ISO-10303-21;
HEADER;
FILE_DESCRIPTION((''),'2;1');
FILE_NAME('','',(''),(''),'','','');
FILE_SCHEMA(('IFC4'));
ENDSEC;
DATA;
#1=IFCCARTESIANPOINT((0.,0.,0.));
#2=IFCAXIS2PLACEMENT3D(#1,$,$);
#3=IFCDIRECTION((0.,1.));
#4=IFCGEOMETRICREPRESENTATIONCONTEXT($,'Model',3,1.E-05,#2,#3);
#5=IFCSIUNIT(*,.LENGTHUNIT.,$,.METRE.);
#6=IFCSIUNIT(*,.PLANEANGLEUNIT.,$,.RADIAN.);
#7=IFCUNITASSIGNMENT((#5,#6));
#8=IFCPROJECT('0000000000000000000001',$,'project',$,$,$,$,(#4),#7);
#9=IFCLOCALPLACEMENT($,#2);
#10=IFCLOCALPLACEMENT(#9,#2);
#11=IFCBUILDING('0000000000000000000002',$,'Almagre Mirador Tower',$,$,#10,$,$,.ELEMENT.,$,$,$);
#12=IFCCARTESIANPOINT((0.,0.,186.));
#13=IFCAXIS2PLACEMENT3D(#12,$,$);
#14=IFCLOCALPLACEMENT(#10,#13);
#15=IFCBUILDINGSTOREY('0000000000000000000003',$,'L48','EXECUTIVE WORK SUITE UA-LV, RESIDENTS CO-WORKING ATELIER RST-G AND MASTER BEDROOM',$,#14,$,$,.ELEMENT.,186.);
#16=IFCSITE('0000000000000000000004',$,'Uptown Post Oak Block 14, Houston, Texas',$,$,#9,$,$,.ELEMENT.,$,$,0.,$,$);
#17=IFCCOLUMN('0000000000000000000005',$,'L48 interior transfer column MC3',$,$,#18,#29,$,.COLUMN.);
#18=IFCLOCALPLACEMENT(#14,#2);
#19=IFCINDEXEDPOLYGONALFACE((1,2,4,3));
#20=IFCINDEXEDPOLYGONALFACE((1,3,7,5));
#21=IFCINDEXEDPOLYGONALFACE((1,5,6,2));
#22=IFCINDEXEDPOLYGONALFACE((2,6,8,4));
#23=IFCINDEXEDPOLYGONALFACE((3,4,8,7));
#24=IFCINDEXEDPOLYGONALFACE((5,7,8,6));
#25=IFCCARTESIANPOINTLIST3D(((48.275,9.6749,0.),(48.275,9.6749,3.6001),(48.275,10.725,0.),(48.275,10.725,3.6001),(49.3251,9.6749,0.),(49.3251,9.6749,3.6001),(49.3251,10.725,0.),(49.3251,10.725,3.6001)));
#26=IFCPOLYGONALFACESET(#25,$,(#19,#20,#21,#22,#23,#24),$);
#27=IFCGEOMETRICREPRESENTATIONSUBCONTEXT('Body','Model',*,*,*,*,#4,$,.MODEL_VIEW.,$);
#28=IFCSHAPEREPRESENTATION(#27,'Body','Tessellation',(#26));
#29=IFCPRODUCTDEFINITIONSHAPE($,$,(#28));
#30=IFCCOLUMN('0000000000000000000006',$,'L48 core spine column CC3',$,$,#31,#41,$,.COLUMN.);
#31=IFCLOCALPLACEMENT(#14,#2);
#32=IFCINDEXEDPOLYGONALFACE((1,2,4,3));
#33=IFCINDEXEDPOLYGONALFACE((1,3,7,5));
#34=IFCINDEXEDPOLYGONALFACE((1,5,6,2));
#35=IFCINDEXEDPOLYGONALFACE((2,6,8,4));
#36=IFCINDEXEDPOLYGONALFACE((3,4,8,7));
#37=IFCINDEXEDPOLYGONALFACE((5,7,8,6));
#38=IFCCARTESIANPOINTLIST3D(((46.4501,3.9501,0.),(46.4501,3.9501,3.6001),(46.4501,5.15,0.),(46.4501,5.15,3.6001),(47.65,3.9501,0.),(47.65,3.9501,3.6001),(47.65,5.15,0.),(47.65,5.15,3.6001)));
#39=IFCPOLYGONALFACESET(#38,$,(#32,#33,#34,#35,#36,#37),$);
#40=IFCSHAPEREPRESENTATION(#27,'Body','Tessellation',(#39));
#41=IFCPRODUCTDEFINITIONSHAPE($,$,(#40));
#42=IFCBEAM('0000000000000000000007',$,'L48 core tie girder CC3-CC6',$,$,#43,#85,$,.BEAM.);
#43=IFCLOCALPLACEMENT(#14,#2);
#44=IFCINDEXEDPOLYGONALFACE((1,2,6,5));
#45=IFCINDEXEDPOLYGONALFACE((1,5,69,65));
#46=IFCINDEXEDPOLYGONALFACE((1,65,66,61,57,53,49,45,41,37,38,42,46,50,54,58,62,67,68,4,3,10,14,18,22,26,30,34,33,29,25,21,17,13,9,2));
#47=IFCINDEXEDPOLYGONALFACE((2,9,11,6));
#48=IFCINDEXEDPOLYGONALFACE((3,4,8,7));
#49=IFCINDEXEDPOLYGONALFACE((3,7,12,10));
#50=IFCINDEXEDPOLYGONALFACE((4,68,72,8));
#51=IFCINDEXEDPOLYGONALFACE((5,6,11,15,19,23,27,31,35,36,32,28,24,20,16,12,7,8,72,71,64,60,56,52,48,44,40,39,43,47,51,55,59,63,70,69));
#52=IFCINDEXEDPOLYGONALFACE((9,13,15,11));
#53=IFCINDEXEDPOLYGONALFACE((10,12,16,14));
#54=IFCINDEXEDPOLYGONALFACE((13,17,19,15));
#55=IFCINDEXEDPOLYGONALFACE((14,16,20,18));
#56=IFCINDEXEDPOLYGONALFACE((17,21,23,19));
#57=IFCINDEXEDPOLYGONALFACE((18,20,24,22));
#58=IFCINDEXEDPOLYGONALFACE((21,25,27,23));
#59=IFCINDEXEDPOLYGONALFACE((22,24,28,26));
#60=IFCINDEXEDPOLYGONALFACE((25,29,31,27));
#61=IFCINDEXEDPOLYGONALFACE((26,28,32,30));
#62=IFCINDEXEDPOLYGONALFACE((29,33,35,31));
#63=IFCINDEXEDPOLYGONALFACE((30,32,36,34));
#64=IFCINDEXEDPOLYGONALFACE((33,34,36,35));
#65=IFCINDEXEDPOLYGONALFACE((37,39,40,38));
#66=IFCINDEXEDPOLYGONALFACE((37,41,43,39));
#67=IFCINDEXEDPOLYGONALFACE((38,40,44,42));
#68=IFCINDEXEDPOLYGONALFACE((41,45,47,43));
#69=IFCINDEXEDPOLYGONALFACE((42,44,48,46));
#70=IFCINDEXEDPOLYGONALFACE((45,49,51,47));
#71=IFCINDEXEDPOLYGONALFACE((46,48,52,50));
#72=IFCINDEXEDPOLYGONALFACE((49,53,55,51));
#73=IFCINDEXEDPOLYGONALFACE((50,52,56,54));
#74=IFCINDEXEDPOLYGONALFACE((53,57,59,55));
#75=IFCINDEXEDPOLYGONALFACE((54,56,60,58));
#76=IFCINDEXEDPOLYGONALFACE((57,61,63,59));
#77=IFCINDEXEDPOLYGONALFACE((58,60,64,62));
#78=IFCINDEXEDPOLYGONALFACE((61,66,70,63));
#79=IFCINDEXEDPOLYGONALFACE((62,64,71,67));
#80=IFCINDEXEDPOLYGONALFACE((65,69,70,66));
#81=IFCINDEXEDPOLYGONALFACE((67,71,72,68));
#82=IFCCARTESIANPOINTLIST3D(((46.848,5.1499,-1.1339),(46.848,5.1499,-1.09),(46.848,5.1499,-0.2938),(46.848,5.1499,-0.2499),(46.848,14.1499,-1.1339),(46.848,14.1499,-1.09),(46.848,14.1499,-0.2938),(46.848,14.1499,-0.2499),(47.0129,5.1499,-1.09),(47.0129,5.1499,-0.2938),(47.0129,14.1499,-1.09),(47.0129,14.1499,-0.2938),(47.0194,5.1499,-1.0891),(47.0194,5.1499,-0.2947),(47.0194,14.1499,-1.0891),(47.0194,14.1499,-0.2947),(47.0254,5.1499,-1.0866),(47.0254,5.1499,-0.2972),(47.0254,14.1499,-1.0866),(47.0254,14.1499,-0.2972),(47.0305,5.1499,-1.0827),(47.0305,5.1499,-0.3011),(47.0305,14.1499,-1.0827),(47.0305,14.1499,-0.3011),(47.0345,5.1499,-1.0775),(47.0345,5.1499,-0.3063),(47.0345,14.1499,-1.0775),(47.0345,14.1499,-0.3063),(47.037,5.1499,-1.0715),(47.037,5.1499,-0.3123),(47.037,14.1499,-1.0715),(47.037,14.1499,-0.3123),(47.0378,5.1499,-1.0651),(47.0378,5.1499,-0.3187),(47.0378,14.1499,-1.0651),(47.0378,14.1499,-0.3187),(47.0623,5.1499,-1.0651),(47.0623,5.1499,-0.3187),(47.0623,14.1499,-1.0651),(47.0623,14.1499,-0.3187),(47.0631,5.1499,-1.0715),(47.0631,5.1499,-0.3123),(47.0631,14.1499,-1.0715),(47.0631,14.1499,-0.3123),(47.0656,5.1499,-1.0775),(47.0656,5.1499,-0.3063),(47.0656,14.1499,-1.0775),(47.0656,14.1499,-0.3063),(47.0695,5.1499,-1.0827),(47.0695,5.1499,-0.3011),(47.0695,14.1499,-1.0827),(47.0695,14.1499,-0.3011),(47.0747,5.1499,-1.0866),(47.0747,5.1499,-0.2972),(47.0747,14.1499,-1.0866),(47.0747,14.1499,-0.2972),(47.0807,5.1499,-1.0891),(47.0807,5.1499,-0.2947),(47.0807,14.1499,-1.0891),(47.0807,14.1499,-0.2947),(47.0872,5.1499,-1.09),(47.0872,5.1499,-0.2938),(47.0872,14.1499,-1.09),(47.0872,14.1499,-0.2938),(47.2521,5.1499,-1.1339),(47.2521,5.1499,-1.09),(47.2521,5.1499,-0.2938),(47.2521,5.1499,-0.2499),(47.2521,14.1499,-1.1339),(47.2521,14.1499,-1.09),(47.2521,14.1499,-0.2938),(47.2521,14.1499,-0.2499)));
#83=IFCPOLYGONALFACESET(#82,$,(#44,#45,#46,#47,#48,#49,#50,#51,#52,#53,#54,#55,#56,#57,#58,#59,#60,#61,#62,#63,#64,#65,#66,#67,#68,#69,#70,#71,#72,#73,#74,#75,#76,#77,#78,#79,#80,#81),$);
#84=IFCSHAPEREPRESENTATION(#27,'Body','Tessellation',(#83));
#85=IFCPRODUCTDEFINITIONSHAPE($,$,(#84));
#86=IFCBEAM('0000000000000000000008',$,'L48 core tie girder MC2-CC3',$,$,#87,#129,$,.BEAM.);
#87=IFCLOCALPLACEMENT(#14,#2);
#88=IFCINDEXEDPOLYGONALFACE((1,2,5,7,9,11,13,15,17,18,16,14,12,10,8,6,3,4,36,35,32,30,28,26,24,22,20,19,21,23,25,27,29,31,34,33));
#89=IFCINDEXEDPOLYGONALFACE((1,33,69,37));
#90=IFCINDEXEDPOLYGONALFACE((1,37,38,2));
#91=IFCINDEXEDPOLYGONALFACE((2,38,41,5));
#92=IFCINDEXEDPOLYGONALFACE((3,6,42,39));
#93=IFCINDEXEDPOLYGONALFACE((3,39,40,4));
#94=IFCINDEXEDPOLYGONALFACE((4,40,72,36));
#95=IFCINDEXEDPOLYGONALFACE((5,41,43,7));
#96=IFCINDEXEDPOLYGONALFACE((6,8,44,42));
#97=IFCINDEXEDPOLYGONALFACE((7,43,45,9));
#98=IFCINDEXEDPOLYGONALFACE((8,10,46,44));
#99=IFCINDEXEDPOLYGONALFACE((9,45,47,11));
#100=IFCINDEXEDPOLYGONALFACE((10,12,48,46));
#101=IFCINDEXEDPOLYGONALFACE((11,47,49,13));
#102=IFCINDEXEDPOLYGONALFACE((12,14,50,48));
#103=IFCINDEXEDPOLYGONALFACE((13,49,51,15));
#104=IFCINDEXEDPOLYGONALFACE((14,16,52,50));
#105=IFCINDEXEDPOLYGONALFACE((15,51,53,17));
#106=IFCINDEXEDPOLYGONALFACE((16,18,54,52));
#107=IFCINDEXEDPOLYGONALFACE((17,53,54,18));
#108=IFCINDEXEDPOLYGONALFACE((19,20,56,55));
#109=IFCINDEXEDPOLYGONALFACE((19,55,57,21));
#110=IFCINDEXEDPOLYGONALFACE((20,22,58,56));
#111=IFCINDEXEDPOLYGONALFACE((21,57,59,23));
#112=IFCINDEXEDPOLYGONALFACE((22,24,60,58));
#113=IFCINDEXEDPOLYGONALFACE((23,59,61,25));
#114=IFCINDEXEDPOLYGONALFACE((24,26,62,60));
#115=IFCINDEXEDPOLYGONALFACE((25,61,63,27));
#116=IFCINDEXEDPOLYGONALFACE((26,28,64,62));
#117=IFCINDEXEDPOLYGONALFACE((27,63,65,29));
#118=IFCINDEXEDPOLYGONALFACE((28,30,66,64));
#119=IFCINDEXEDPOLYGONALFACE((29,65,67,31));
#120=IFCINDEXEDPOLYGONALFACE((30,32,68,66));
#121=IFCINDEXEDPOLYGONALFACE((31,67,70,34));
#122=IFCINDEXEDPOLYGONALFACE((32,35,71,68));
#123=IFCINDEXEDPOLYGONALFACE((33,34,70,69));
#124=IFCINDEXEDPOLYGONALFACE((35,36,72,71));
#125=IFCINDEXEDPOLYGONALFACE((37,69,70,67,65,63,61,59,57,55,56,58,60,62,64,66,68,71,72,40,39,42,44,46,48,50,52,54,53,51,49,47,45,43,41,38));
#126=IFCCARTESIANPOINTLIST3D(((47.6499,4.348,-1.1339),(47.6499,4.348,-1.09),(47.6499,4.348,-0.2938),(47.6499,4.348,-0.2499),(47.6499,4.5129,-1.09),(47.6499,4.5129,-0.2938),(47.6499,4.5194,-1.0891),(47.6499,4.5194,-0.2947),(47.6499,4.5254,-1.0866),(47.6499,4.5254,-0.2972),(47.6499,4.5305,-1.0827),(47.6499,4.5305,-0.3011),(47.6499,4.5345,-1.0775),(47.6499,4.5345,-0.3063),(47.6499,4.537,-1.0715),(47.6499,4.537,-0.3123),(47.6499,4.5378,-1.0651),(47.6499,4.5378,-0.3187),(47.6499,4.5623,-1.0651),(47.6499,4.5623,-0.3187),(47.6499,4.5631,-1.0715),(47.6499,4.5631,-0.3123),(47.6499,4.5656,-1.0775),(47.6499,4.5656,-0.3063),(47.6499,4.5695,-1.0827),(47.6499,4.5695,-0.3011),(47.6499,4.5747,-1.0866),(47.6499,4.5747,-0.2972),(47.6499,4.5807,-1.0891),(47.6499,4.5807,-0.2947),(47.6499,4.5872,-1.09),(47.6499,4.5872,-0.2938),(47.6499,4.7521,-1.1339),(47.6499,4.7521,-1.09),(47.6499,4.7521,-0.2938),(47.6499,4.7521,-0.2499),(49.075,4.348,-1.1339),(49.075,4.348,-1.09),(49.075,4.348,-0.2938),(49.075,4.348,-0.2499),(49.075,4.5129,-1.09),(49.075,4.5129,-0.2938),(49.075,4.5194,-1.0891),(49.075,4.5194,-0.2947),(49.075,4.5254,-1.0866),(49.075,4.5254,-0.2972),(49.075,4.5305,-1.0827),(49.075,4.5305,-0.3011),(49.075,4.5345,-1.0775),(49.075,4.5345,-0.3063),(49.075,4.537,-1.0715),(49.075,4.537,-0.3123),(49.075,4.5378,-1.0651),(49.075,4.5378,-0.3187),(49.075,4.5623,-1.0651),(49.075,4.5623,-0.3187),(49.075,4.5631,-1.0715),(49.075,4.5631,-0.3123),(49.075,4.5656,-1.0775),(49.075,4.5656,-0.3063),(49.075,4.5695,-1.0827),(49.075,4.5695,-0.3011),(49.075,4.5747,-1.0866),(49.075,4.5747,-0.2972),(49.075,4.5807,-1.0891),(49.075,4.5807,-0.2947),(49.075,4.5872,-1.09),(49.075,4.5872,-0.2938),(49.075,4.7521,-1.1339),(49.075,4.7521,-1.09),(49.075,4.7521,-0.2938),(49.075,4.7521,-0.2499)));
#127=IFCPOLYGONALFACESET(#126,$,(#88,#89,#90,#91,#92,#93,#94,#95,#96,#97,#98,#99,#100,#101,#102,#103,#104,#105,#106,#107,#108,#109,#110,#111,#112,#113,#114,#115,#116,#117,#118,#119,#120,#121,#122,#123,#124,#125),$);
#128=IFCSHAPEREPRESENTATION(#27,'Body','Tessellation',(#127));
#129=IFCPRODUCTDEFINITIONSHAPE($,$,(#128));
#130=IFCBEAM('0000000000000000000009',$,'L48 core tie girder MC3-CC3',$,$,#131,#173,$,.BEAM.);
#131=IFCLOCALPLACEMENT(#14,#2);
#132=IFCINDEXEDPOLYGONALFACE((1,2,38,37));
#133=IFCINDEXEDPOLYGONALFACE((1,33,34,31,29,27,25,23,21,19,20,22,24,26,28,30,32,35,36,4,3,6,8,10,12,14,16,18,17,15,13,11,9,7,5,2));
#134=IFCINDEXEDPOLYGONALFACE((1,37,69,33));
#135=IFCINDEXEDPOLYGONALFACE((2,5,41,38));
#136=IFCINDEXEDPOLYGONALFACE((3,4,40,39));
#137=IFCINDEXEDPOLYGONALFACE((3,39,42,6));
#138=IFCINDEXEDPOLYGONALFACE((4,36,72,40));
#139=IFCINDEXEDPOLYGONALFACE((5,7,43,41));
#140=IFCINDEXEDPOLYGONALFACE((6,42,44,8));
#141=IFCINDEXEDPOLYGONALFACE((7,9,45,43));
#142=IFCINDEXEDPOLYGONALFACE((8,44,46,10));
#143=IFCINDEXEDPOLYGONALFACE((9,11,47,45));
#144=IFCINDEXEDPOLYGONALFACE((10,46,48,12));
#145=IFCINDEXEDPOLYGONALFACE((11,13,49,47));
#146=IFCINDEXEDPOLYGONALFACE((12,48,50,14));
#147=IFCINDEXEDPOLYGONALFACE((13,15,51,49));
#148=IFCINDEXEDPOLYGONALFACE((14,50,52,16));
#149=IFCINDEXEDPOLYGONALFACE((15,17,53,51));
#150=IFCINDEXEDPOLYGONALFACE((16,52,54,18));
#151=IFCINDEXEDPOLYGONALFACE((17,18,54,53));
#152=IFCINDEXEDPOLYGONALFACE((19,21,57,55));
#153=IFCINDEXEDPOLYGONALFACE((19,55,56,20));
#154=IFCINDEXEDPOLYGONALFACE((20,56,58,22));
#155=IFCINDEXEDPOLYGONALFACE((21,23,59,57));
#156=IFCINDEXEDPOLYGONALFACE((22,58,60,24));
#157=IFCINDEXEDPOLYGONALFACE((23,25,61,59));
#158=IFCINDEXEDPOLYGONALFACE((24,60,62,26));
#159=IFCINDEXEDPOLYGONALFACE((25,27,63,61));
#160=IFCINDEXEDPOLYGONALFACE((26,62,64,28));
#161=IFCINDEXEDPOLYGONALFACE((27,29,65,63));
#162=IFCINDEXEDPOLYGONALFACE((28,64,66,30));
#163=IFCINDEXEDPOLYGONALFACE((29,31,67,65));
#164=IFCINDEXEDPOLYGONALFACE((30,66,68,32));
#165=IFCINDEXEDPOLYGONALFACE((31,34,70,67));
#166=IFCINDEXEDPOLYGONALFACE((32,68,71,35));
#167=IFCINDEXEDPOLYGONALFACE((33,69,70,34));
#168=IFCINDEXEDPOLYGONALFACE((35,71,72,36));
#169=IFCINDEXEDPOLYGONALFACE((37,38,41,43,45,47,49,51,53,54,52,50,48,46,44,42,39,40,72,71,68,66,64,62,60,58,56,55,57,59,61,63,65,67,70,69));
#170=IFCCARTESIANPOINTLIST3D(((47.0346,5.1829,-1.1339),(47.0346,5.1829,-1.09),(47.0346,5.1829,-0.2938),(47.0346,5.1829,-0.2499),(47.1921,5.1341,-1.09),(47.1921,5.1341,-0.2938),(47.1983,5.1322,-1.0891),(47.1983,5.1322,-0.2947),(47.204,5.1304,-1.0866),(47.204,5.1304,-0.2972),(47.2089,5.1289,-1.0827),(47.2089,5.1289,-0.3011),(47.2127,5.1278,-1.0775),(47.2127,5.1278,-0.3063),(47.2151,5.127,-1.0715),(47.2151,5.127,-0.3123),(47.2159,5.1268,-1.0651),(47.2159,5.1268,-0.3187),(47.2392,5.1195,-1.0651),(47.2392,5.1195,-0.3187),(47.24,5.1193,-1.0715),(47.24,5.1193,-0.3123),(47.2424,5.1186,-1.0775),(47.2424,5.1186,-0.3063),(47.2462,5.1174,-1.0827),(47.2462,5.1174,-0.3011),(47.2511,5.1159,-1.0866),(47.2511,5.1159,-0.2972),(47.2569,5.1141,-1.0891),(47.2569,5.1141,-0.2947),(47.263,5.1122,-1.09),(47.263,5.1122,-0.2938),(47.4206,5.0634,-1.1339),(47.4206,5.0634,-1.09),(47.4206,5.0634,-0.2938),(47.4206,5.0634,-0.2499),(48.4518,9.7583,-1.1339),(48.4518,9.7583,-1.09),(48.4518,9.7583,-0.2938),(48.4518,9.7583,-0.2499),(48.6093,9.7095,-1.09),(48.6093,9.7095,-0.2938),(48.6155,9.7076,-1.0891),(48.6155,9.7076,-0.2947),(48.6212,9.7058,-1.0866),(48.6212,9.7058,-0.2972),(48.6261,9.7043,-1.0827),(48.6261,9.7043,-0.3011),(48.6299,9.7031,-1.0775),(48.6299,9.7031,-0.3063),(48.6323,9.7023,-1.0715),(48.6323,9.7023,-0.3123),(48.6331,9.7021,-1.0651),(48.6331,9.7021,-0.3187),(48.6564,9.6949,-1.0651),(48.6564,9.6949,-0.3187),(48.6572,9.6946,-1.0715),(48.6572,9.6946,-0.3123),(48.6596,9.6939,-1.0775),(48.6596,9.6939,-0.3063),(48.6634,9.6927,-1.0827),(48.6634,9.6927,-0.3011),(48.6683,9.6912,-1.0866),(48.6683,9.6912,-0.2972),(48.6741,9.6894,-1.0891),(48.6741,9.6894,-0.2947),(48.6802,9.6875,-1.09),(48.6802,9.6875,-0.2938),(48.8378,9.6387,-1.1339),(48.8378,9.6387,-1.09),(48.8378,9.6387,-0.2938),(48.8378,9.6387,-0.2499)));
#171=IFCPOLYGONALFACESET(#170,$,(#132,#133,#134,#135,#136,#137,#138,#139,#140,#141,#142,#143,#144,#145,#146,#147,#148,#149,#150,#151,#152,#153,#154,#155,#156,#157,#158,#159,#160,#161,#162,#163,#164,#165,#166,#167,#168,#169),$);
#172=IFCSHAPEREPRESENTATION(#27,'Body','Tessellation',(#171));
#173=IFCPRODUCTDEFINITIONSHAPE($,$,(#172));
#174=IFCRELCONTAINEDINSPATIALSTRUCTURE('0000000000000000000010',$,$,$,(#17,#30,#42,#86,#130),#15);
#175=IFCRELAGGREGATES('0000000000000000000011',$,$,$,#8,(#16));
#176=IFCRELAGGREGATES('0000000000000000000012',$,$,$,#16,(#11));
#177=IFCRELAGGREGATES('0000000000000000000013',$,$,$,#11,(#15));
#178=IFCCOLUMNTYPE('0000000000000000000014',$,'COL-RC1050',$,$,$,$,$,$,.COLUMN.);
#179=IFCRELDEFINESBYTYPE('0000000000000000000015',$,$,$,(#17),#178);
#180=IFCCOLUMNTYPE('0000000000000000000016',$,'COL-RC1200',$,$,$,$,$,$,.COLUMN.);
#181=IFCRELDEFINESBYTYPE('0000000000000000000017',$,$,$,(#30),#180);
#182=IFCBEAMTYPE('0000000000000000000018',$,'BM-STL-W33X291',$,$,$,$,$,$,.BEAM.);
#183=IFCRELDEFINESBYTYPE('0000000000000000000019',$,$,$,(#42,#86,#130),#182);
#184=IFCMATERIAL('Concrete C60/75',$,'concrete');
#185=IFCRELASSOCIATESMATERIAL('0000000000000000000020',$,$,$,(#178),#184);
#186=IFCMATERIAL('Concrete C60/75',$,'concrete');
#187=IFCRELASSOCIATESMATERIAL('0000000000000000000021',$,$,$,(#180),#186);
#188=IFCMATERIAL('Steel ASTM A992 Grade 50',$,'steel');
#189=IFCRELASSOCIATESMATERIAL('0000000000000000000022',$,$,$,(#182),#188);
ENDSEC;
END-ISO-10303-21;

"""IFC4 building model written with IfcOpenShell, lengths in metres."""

from ifc_helpers import new_model, si_unit, direction, frame, origin, origin_2d, place, context, subcontext, project, spatial, rectangle, i_section, extrude, material, material_profile, profile_set, type_object, element, save


model = new_model("IFC4")

# Units and contexts
model_context = context("Model", 3, precision=1e-05, world=origin(), true_north=direction((0.0, 1.0)))
body_context = subcontext(model_context, "Body", "Model", "MODEL_VIEW")
ifc_project = project(units=[si_unit("LENGTHUNIT", "METRE"), si_unit("PLANEANGLEUNIT", "RADIAN")], contexts=[model_context])

# Site, building, storey
site_placement = place(None, origin())
site = spatial("IfcSite", under=ifc_project, at=site_placement, Name="Uptown Post Oak Block 14, Houston, Texas", CompositionType="ELEMENT", RefElevation=0.0)
building_placement = place(site_placement, origin())
building = spatial("IfcBuilding", under=site, at=building_placement, Name="Almagre Mirador Tower", CompositionType="ELEMENT")
storey_placement = place(building_placement, frame((0.0, 0.0, 186.0)))
storey = spatial("IfcBuildingStorey", under=building, at=storey_placement, Name="L48", Description="EXECUTIVE WORK SUITE UA-LV, RESIDENTS CO-WORKING ATELIER RST-G AND MASTER BEDROOM", CompositionType="ELEMENT", Elevation=186.0)

# Columns
ifc_material_1 = material(Name="Concrete C60/75", Category="concrete")
ifc_material_profile_1 = material_profile(ifc_material_1, rectangle(XDim=1.05, YDim=1.05, at=origin_2d()), Name="RC1050X1050")
ifc_profile_set_1 = profile_set([ifc_material_profile_1], Name="Concrete C60/75")
column_type_1 = type_object("IfcColumnType", Name="COL-RC1050", PredefinedType="COLUMN", material=ifc_profile_set_1)
column_1_placement = place(storey_placement, frame((48.8, 10.2, 0.0), z_axis=(0.0, 0.0, 1.0), x_axis=(1.0, 0.0, 0.0)))
element("IfcColumn", 1, at=column_1_placement, inside=storey, type_object=column_type_1, Name="L48 interior transfer column MC3", PredefinedType="COLUMN", context=body_context, shape_type="SweptSolid", body=[
    extrude(rectangle(XDim=1.05, YDim=1.05, at=origin_2d()), origin(), (0.0, 0.0, 1.0), 3.6001),
])
ifc_material_2 = material(Name="Concrete C60/75", Category="concrete")
ifc_material_profile_2 = material_profile(ifc_material_2, rectangle(XDim=1.2, YDim=1.2, at=origin_2d()), Name="RC1200X1200")
ifc_profile_set_2 = profile_set([ifc_material_profile_2], Name="Concrete C60/75")
column_type_2 = type_object("IfcColumnType", Name="COL-RC1200", PredefinedType="COLUMN", material=ifc_profile_set_2)
column_2_placement = place(storey_placement, frame((47.05, 4.55, 0.0), z_axis=(0.0, 0.0, 1.0), x_axis=(1.0, 0.0, 0.0)))
element("IfcColumn", 2, at=column_2_placement, inside=storey, type_object=column_type_2, Name="L48 core spine column CC3", PredefinedType="COLUMN", context=body_context, shape_type="SweptSolid", body=[
    extrude(rectangle(XDim=1.2, YDim=1.2, at=origin_2d()), origin(), (0.0, 0.0, 1.0), 3.6001),
])

# Beams
ifc_material_3 = material(Name="Steel ASTM A992 Grade 50", Category="steel")
ifc_material_profile_3 = material_profile(ifc_material_3, i_section(OverallWidth=0.4041, OverallDepth=0.884, WebThickness=0.0244, FlangeThickness=0.0439, FilletRadius=0.0249, at=origin_2d()), Name="W33X291")
ifc_profile_set_3 = profile_set([ifc_material_profile_3], Name="Steel ASTM A992 Grade 50")
beam_type = type_object("IfcBeamType", Name="BM-STL-W33X291", PredefinedType="BEAM", material=ifc_profile_set_3)
beam_1_placement = place(storey_placement, frame((47.05, 5.1499, -0.6919), z_axis=(0.0, 1.0, 0.0), x_axis=(-1.0, 0.0, 0.0)))
element("IfcBeam", 3, at=beam_1_placement, inside=storey, type_object=beam_type, Name="L48 core tie girder CC3-CC6", PredefinedType="BEAM", context=body_context, shape_type="SweptSolid", body=[
    extrude(i_section(OverallWidth=0.4041, OverallDepth=0.884, WebThickness=0.0244, FlangeThickness=0.0439, FilletRadius=0.0249, at=origin_2d()), origin(), (0.0, 0.0, 1.0), 9.0),
])
beam_2_placement = place(storey_placement, frame((49.075, 4.55, -0.6919), z_axis=(-1.0, 0.0, 0.0), x_axis=(0.0, -1.0, 0.0)))
element("IfcBeam", 4, at=beam_2_placement, inside=storey, type_object=beam_type, Name="L48 core tie girder MC2-CC3", PredefinedType="BEAM", context=body_context, shape_type="SweptSolid", body=[
    extrude(i_section(OverallWidth=0.4041, OverallDepth=0.884, WebThickness=0.0244, FlangeThickness=0.0439, FilletRadius=0.0249, at=origin_2d()), origin(), (0.0, 0.0, 1.0), 1.425),
])
beam_3_placement = place(storey_placement, frame((48.6448, 9.6985, -0.6919), z_axis=(-0.29588, -0.955225, 0.0), x_axis=(0.955225, -0.29588, 0.0)))
element("IfcBeam", 5, at=beam_3_placement, inside=storey, type_object=beam_type, Name="L48 core tie girder MC3-CC3", PredefinedType="BEAM", context=body_context, shape_type="SweptSolid", body=[
    extrude(i_section(OverallWidth=0.4041, OverallDepth=0.884, WebThickness=0.0244, FlangeThickness=0.0439, FilletRadius=0.0249, at=origin_2d()), origin(), (0.0, 0.0, 1.0), 4.7898),
])

save(model, "model.ifc")
